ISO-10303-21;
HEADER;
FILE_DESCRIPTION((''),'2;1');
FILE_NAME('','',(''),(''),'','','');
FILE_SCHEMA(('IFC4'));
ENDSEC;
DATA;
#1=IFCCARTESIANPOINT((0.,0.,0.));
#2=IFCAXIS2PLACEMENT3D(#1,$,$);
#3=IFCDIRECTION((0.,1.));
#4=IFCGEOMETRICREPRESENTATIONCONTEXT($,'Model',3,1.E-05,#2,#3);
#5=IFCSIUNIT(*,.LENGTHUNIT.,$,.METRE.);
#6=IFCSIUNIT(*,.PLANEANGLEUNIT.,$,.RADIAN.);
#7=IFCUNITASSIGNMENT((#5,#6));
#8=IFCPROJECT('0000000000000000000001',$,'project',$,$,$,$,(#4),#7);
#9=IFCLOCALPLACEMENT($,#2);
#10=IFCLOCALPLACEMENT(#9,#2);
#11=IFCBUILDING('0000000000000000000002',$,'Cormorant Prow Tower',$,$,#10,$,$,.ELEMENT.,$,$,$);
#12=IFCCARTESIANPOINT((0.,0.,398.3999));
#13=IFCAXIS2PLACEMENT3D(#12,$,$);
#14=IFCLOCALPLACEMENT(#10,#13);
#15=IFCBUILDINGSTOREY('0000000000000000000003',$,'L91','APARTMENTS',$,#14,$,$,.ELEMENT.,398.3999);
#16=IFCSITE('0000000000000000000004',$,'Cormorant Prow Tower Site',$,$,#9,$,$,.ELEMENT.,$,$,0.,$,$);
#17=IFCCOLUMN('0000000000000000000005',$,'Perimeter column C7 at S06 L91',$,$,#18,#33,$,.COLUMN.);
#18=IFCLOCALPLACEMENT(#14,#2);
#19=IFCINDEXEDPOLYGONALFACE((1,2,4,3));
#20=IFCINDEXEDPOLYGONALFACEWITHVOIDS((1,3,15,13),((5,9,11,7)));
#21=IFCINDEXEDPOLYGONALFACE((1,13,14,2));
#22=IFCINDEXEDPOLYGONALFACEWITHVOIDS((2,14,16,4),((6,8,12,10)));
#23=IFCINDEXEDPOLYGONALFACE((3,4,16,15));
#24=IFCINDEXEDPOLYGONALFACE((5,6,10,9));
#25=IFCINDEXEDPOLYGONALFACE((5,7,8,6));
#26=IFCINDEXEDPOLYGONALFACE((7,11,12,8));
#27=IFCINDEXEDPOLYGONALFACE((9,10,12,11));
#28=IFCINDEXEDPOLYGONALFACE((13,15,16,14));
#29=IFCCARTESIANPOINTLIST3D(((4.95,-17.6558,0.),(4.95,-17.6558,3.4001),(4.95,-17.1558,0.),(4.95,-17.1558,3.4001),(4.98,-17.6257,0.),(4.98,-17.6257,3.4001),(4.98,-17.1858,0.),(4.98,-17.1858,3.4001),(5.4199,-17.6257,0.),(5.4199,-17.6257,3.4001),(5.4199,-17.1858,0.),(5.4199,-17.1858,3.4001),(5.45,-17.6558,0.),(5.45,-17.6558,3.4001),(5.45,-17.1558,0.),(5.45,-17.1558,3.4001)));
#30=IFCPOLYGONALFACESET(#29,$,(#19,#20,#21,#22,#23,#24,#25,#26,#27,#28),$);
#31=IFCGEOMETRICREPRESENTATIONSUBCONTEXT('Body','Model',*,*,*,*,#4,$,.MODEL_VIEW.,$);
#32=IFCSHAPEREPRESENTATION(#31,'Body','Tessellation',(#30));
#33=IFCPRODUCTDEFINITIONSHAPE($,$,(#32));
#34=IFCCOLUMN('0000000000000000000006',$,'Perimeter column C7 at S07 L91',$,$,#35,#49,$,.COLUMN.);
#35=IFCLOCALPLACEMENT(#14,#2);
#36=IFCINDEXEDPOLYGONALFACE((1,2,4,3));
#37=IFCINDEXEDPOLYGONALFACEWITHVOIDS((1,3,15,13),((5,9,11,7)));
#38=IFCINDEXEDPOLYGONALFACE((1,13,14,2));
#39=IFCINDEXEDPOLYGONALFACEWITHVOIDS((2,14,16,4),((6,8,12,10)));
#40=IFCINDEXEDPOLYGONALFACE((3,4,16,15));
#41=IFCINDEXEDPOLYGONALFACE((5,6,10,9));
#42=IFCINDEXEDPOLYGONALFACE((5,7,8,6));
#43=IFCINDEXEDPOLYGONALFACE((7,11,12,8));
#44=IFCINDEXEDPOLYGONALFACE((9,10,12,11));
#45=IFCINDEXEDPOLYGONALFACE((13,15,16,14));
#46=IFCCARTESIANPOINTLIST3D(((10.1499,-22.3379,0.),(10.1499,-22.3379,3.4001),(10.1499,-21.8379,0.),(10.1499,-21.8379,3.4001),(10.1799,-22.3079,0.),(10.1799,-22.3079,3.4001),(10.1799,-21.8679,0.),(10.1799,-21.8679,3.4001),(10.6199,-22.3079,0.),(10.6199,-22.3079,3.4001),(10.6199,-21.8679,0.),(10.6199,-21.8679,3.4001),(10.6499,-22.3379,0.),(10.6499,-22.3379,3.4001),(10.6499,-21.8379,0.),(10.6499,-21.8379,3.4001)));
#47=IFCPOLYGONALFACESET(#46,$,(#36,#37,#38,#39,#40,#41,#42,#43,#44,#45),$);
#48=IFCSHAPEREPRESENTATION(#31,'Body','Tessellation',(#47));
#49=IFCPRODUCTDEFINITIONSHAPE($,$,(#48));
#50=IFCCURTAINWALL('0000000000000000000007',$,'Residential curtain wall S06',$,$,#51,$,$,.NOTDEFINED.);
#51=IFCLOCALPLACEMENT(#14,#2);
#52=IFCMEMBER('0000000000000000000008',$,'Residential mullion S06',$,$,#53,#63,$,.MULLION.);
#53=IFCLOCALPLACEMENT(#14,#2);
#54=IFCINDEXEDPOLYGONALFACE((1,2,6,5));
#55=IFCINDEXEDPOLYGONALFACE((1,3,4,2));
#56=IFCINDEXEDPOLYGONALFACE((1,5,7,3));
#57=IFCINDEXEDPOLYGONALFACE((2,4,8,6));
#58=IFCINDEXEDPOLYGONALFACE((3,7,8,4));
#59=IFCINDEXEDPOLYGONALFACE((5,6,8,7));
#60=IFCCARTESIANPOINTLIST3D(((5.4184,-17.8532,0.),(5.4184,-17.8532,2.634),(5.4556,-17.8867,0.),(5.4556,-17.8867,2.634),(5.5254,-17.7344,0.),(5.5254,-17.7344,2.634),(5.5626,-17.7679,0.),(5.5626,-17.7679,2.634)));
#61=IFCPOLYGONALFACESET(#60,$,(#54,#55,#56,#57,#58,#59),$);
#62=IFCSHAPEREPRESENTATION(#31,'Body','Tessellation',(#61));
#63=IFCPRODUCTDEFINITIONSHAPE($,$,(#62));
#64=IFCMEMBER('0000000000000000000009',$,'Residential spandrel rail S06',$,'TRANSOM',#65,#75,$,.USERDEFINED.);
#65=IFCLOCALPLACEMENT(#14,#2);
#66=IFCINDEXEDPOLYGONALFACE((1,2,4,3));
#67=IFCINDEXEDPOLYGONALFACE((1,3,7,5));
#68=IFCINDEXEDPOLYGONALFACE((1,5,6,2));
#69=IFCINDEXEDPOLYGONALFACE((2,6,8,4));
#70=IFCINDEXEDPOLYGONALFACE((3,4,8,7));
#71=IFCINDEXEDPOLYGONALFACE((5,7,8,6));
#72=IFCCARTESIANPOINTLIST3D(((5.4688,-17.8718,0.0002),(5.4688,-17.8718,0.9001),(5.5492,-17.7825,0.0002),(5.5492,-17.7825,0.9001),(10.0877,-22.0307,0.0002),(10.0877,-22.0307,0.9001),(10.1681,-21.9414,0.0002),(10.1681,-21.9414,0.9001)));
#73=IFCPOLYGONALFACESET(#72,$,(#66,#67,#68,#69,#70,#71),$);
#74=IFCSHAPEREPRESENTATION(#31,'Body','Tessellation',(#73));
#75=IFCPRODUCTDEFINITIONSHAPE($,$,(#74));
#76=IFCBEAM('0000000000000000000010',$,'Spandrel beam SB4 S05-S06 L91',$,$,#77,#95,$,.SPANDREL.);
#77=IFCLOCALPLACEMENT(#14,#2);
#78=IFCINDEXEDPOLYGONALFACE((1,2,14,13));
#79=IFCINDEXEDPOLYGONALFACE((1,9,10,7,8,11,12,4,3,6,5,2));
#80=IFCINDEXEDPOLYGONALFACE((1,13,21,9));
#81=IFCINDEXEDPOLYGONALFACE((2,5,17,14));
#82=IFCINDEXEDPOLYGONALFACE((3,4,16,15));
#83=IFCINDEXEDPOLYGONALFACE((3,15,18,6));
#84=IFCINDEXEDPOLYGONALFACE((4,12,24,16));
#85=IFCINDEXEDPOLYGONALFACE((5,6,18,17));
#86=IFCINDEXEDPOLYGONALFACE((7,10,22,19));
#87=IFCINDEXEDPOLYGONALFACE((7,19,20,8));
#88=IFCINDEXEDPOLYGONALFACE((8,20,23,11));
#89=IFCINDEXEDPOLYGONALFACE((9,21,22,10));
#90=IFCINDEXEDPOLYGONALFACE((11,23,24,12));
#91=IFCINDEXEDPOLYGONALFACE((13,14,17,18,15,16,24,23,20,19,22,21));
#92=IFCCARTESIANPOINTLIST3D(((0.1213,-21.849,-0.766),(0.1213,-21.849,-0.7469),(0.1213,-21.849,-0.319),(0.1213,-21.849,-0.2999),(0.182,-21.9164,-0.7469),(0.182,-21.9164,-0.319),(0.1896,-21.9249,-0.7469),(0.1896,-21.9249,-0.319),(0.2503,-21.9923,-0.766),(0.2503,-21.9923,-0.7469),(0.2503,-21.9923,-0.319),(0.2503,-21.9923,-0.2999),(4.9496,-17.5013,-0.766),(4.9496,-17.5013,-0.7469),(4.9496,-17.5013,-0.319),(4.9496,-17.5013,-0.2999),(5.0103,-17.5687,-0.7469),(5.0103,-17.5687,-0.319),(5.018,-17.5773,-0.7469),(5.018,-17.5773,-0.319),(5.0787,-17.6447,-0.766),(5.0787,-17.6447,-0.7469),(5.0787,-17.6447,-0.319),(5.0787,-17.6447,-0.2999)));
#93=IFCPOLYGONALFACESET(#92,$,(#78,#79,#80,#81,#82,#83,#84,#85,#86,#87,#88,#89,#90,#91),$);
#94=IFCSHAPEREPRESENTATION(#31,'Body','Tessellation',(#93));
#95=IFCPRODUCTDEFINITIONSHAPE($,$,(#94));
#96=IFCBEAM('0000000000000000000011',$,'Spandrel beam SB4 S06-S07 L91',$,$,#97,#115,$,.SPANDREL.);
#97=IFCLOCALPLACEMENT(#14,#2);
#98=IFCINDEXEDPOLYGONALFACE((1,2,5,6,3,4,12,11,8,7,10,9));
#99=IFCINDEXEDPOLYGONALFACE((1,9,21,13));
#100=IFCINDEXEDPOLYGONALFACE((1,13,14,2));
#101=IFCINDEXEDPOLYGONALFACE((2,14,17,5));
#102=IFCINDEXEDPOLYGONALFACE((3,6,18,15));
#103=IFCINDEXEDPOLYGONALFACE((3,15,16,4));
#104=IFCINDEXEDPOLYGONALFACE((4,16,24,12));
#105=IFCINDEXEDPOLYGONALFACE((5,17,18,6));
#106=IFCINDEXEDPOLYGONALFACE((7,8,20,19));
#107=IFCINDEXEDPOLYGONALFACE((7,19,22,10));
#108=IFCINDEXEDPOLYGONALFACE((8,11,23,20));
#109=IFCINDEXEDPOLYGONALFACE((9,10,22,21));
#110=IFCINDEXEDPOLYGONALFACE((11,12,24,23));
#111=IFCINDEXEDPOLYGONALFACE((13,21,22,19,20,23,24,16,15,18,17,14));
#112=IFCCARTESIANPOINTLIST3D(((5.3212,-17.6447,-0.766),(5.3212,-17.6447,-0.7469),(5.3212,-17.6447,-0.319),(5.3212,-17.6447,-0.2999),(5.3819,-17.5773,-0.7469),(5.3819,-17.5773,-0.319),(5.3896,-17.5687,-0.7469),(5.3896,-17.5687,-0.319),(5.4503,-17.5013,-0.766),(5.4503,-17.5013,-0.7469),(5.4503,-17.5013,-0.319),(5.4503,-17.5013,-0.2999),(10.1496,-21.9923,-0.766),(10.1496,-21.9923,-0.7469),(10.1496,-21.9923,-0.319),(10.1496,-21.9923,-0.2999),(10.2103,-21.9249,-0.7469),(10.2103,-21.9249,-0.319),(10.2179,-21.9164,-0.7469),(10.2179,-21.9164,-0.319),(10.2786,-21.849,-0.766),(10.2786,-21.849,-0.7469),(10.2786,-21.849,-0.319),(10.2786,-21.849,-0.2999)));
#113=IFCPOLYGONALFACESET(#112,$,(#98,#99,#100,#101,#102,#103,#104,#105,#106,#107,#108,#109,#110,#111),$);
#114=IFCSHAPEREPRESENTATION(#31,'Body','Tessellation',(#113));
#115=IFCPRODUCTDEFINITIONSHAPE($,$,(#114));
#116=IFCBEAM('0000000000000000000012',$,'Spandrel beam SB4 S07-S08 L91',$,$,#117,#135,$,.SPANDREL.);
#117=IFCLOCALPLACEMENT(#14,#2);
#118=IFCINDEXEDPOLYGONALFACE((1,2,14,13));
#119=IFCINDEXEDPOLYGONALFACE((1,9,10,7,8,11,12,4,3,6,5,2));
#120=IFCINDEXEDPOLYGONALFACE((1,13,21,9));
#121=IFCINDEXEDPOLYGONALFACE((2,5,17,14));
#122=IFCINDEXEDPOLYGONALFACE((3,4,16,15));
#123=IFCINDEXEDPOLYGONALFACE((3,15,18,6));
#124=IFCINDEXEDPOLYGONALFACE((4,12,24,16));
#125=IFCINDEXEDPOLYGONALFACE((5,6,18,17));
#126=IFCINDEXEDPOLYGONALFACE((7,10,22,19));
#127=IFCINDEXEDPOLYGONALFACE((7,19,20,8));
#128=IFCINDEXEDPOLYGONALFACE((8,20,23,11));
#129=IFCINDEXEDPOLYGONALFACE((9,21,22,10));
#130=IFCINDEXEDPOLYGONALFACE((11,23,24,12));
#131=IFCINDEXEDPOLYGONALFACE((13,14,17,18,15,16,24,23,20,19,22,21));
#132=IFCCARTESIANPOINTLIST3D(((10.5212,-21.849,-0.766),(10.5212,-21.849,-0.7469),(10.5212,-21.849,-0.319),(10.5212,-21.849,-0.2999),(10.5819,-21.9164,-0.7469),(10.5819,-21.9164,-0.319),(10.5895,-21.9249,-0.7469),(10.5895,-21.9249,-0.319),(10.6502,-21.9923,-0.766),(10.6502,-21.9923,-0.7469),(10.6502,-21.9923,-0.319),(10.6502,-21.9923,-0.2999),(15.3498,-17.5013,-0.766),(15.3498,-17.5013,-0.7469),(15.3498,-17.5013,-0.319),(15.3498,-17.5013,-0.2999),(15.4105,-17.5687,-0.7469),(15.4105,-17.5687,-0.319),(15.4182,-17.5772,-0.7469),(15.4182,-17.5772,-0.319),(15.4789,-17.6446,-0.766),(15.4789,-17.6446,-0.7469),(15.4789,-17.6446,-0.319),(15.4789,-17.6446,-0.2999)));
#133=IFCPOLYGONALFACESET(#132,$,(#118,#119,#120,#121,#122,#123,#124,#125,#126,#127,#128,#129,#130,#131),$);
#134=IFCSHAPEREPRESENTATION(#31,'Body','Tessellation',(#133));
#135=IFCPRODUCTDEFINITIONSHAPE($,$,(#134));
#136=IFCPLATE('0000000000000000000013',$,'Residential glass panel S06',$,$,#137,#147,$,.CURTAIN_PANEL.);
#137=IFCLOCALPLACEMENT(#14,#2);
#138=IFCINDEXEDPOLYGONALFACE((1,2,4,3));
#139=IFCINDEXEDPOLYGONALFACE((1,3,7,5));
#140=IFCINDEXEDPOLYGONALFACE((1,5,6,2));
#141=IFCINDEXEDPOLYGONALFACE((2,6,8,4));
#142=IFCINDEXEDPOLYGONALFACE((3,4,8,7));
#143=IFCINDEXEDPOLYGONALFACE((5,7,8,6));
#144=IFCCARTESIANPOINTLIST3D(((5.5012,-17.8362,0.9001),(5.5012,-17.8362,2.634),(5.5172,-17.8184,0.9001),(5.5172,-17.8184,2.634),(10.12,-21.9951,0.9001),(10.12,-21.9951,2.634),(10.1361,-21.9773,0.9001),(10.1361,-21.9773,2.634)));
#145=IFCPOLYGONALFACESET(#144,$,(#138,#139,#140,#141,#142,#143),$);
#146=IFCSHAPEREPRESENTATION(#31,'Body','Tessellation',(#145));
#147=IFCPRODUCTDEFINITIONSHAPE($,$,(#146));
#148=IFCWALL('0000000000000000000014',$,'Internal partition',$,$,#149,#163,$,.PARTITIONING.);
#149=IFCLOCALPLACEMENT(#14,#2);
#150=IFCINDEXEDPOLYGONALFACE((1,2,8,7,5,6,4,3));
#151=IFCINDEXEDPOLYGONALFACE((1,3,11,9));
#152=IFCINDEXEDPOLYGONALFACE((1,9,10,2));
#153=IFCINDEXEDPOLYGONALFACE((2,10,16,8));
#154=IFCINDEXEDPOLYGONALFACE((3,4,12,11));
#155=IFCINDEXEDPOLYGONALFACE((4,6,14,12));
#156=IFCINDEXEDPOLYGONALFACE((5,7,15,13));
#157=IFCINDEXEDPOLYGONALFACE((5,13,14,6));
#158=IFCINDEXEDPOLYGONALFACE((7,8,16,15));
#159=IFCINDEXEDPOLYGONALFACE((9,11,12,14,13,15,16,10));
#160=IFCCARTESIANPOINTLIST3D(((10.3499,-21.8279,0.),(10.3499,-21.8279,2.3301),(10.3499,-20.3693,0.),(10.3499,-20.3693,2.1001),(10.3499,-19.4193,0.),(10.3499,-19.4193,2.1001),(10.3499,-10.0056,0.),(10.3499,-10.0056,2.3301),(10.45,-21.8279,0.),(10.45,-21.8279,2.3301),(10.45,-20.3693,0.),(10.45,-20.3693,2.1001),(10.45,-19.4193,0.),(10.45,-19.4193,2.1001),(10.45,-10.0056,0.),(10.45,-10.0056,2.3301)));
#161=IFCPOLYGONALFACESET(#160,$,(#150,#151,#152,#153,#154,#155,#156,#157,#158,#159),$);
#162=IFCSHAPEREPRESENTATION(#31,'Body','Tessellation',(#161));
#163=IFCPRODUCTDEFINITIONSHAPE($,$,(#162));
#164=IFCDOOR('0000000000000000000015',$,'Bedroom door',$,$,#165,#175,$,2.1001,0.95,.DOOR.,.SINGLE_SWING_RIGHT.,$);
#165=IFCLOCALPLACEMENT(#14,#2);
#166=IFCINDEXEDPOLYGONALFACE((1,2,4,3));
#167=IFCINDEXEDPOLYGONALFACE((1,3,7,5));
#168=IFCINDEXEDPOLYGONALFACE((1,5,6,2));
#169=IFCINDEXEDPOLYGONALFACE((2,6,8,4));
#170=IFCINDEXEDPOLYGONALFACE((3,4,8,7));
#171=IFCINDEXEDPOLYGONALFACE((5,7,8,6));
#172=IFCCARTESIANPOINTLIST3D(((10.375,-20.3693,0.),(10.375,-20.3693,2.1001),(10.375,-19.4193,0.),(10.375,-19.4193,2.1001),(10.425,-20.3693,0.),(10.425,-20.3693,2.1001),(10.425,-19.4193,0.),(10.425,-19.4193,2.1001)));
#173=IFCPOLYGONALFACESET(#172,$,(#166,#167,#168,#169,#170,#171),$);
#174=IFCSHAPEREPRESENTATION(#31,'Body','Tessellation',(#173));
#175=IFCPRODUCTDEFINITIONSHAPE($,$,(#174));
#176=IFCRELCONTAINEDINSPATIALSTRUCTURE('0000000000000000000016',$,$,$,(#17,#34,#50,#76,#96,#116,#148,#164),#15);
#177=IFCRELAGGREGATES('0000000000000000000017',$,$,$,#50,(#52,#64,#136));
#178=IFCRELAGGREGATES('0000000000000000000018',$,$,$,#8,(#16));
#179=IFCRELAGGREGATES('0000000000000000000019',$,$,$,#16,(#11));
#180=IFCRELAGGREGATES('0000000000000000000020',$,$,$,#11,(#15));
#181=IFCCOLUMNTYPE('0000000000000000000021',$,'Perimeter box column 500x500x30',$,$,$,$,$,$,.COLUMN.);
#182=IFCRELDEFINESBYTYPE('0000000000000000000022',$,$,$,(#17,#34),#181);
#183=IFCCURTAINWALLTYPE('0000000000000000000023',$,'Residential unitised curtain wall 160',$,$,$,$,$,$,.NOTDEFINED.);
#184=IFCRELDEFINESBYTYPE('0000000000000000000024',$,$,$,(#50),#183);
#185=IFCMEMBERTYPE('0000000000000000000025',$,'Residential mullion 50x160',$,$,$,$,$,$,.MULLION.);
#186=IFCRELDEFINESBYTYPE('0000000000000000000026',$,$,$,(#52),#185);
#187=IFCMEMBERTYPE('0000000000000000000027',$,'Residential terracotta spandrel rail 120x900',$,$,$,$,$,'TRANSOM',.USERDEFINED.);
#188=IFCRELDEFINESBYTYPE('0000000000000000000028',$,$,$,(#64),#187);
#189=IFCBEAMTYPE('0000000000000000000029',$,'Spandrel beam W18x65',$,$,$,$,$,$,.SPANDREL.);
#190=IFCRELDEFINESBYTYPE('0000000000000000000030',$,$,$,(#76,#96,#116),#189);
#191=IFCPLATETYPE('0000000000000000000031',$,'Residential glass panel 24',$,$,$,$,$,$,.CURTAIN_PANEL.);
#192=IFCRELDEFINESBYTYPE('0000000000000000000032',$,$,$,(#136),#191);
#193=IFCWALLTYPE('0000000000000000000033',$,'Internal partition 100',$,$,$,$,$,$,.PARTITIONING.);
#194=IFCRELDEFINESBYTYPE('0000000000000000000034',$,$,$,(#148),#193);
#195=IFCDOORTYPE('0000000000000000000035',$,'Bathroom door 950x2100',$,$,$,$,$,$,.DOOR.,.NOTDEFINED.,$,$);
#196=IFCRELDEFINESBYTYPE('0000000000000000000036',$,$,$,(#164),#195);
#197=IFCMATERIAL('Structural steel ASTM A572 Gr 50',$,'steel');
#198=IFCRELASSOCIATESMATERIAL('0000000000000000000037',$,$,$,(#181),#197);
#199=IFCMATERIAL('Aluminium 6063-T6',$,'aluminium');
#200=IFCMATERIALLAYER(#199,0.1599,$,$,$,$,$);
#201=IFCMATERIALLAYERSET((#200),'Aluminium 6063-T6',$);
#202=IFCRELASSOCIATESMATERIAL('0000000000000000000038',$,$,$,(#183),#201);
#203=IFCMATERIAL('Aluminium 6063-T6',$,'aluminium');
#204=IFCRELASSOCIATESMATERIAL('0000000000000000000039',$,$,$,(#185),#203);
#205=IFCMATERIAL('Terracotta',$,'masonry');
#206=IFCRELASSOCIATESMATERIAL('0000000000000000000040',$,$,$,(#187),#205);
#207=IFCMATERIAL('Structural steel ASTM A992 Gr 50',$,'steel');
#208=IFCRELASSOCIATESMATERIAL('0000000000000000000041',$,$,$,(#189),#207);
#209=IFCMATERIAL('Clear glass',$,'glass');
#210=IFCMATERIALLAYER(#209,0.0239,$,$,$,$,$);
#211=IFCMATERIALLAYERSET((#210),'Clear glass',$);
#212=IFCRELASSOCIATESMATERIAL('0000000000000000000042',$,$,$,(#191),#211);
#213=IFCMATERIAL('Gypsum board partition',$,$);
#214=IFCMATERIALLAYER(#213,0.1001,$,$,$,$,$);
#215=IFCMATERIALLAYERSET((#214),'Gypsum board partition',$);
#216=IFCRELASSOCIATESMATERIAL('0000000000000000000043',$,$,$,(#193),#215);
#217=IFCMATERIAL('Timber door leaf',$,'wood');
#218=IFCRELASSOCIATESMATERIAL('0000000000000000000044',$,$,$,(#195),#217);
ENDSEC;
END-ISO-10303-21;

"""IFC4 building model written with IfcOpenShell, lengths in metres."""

from ifc_helpers import new_model, si_unit, direction, frame, frame_2d, origin, origin_2d, place, context, subcontext, project, spatial, rectangle, hollow_rectangle, i_section, extrude, material, layer, layer_set, material_profile, profile_set, type_object, element, fill, aggregate, save


model = new_model("IFC4")

# Units and contexts
model_context = context("Model", 3, precision=1e-05, world=origin(), true_north=direction((0.0, 1.0)))
body_context = subcontext(model_context, "Body", "Model", "MODEL_VIEW")
ifc_project = project(units=[si_unit("LENGTHUNIT", "METRE"), si_unit("PLANEANGLEUNIT", "RADIAN")], contexts=[model_context])

# Site, building, storey
site_placement = place(None, origin())
site = spatial("IfcSite", under=ifc_project, at=site_placement, Name="Cormorant Prow Tower Site", CompositionType="ELEMENT", RefElevation=0.0)
building_placement = place(site_placement, origin())
building = spatial("IfcBuilding", under=site, at=building_placement, Name="Cormorant Prow Tower", CompositionType="ELEMENT")
storey_placement = place(building_placement, frame((0.0, 0.0, 398.3999)))
storey = spatial("IfcBuildingStorey", under=building, at=storey_placement, Name="L91", Description="APARTMENTS", CompositionType="ELEMENT", Elevation=398.3999)

# Columns
ifc_material_1 = material(Name="Structural steel ASTM A572 Gr 50", Category="steel")
ifc_material_profile_1 = material_profile(ifc_material_1, hollow_rectangle(XDim=0.5, YDim=0.5, WallThickness=0.03, at=origin_2d()), Name="Box 500x500x30")
ifc_profile_set_1 = profile_set([ifc_material_profile_1], Name="Structural steel ASTM A572 Gr 50")
column_type = type_object("IfcColumnType", Name="Perimeter box column 500x500x30", PredefinedType="COLUMN", material=ifc_profile_set_1)
for number, where, z_axis, x_axis, name in (
    (1, (5.2, -17.4058, 0.0), (0.0, 0.0, 1.0), (1.0, 0.0, 0.0), "Perimeter column C7 at S06 L91"),
    (2, (10.3999, -22.0879, 0.0), (0.0, 0.0, 1.0), (1.0, 0.0, 0.0), "Perimeter column C7 at S07 L91"),
):
    element("IfcColumn", number, at=place(storey_placement, frame(where, z_axis=z_axis, x_axis=x_axis)), inside=storey, type_object=column_type, Name=name, PredefinedType="COLUMN", context=body_context, shape_type="SweptSolid", body=[
        extrude(hollow_rectangle(XDim=0.5, YDim=0.5, WallThickness=0.03, at=origin_2d()), origin(), (0.0, 0.0, 1.0), 3.4001),
    ])

# Curtain wall, members
ifc_material_2 = material(Name="Aluminium 6063-T6", Category="aluminium")
ifc_layer_1 = layer(ifc_material_2, 0.1599)
ifc_layer_set_1 = layer_set([ifc_layer_1], Name="Aluminium 6063-T6")
curtain_wall_type = type_object("IfcCurtainWallType", Name="Residential unitised curtain wall 160", PredefinedType="NOTDEFINED", material=ifc_layer_set_1)
curtain_wall_placement = place(storey_placement, origin())
curtain_wall = element("IfcCurtainWall", 3, at=curtain_wall_placement, inside=storey, type_object=curtain_wall_type, Name="Residential curtain wall S06", PredefinedType="NOTDEFINED")
ifc_material_3 = material(Name="Aluminium 6063-T6", Category="aluminium")
ifc_material_profile_2 = material_profile(ifc_material_3, rectangle(XDim=0.1599, YDim=0.05, at=origin_2d()), Name="Residential mullion 50x160")
ifc_profile_set_2 = profile_set([ifc_material_profile_2], Name="Aluminium 6063-T6")
member_type_1 = type_object("IfcMemberType", Name="Residential mullion 50x160", PredefinedType="MULLION", material=ifc_profile_set_2)
member_1_placement = place(storey_placement, frame((5.4905, -17.8105, 0.0), z_axis=(0.0, 0.0, 1.0), x_axis=(0.669131, 0.743145, 0.0)))
member_1 = element("IfcMember", 4, at=member_1_placement, type_object=member_type_1, Name="Residential mullion S06", PredefinedType="MULLION", context=body_context, shape_type="SweptSolid", body=[
    extrude(rectangle(XDim=0.1599, YDim=0.05, at=origin_2d()), origin(), (0.0, 0.0, 1.0), 2.634),
])
ifc_material_4 = material(Name="Terracotta", Category="masonry")
ifc_material_profile_3 = material_profile(ifc_material_4, rectangle(XDim=0.1201, YDim=0.8999, at=origin_2d()), Name="Residential terracotta spandrel rail 120x900")
ifc_profile_set_3 = profile_set([ifc_material_profile_3], Name="Terracotta")
member_type_2 = type_object("IfcMemberType", Name="Residential terracotta spandrel rail 120x900", ElementType="TRANSOM", PredefinedType="USERDEFINED", material=ifc_profile_set_3)
member_2_placement = place(storey_placement, frame((5.509, -17.8271, 0.4502), z_axis=(0.74314, -0.669136, 0.0), x_axis=(0.669136, 0.74314, 0.0)))
member_2 = element("IfcMember", 5, at=member_2_placement, type_object=member_type_2, Name="Residential spandrel rail S06", ObjectType="TRANSOM", PredefinedType="USERDEFINED", context=body_context, shape_type="SweptSolid", body=[
    extrude(rectangle(XDim=0.1201, YDim=0.8999, at=origin_2d()), origin(), (0.0, 0.0, 1.0), 6.2153),
])

# Beams
ifc_material_5 = material(Name="Structural steel ASTM A992 Gr 50", Category="steel")
ifc_material_profile_4 = material_profile(ifc_material_5, i_section(OverallWidth=0.1929, OverallDepth=0.4661, WebThickness=0.0115, FlangeThickness=0.019, at=origin_2d()), Name="W18x65")
ifc_profile_set_4 = profile_set([ifc_material_profile_4], Name="Structural steel ASTM A992 Gr 50")
beam_type = type_object("IfcBeamType", Name="Spandrel beam W18x65", PredefinedType="SPANDREL", material=ifc_profile_set_4)
for number, where, z_axis, x_axis, name in (
    (6, (0.1858, -21.9207, -0.533), (0.743132, 0.669145, 0.0), (-0.669145, 0.743132, 0.0), "Spandrel beam SB4 S05-S06 L91"),
    (7, (5.3857, -17.573, -0.533), (0.743132, -0.669145, 0.0), (0.669145, 0.743132, 0.0), "Spandrel beam SB4 S06-S07 L91"),
):
    element("IfcBeam", number, at=place(storey_placement, frame(where, z_axis=z_axis, x_axis=x_axis)), inside=storey, type_object=beam_type, Name=name, PredefinedType="SPANDREL", context=body_context, shape_type="SweptSolid", body=[
        extrude(i_section(OverallWidth=0.1929, OverallDepth=0.4661, WebThickness=0.0115, FlangeThickness=0.019, at=origin_2d()), origin(), (0.0, 0.0, 1.0), 6.4973),
    ])
beam_placement = place(storey_placement, frame((10.5857, -21.9207, -0.533), z_axis=(0.743148, 0.669127, 0.0), x_axis=(-0.669127, 0.743148, 0.0)))
element("IfcBeam", 8, at=beam_placement, inside=storey, type_object=beam_type, Name="Spandrel beam SB4 S07-S08 L91", PredefinedType="SPANDREL", context=body_context, shape_type="SweptSolid", body=[
    extrude(i_section(OverallWidth=0.1929, OverallDepth=0.4661, WebThickness=0.0115, FlangeThickness=0.019, at=origin_2d()), origin(), (0.0, 0.0, 1.0), 6.4976),
])

# Plate
ifc_material_6 = material(Name="Clear glass", Category="glass")
ifc_layer_2 = layer(ifc_material_6, 0.0239)
ifc_layer_set_2 = layer_set([ifc_layer_2], Name="Clear glass")
plate_type = type_object("IfcPlateType", Name="Residential glass panel 24", PredefinedType="CURTAIN_PANEL", material=ifc_layer_set_2)
plate_placement = place(storey_placement, frame((7.8186, -19.9067, 0.9001), z_axis=(0.0, 0.0, 1.0), x_axis=(0.743145, -0.669131, 0.0)))
plate = element("IfcPlate", 9, at=plate_placement, type_object=plate_type, Name="Residential glass panel S06", PredefinedType="CURTAIN_PANEL", context=body_context, shape_type="SweptSolid", body=[
    extrude(rectangle(XDim=6.2153, YDim=0.0239, at=origin_2d()), origin(), (0.0, 0.0, 1.0), 1.7339),
])
aggregate(curtain_wall, [member_1, member_2, plate])

# Wall, opening, door
ifc_material_7 = material(Name="Gypsum board partition")
ifc_layer_3 = layer(ifc_material_7, 0.1001)
ifc_layer_set_3 = layer_set([ifc_layer_3], Name="Gypsum board partition")
wall_type_1 = type_object("IfcWallType", Name="Internal partition 100", PredefinedType="PARTITIONING", material=ifc_layer_set_3)
wall_1_placement = place(storey_placement, frame((10.3999, -21.8279, 0.0), z_axis=(0.0, 0.0, 1.0), x_axis=(0.0, 1.0, 0.0)))
wall_1 = element("IfcWall", 10, at=wall_1_placement, inside=storey, type_object=wall_type_1, Name="Internal partition", PredefinedType="PARTITIONING", context=body_context, shape_type="SweptSolid", body=[
    extrude(rectangle(XDim=11.8223, YDim=0.1001, at=frame_2d((5.9111, 0.0))), origin(), (0.0, 0.0, 1.0), 2.3301),
])
opening_1_placement = place(wall_1_placement, frame((1.4585, 0.0, 0.0)))
opening_1 = element("IfcOpeningElement", 11, at=opening_1_placement, cuts=wall_1, PredefinedType="OPENING", context=body_context, shape_type="SweptSolid", body=[
    extrude(rectangle(XDim=0.95, YDim=2.1001, at=frame_2d((0.4751, 1.05))), frame((0.0, 0.0601, 0.0), z_axis=(0.0, -1.0, 0.0), x_axis=(1.0, 0.0, 0.0)), (0.0, 0.0, 1.0), 0.1201),
])
ifc_material_8 = material(Name="Timber door leaf", Category="wood")
door_type_1 = type_object("IfcDoorType", Name="Bathroom door 950x2100", OperationType="NOTDEFINED", PredefinedType="DOOR", material=ifc_material_8)
door_1_placement = place(opening_1_placement, origin())
door_1 = element("IfcDoor", 12, at=door_1_placement, inside=storey, type_object=door_type_1, Name="Bedroom door", OperationType="SINGLE_SWING_RIGHT", OverallHeight=2.1001, OverallWidth=0.95, PredefinedType="DOOR", context=body_context, shape_type="SweptSolid", body=[
    extrude(rectangle(XDim=0.95, YDim=2.1001, at=frame_2d((0.4751, 1.05))), frame((0.0, 0.0249, 0.0), z_axis=(0.0, -1.0, 0.0), x_axis=(1.0, 0.0, 0.0)), (0.0, 0.0, 1.0), 0.05),
])
fill(opening_1, door_1)

save(model, "model.ifc")
